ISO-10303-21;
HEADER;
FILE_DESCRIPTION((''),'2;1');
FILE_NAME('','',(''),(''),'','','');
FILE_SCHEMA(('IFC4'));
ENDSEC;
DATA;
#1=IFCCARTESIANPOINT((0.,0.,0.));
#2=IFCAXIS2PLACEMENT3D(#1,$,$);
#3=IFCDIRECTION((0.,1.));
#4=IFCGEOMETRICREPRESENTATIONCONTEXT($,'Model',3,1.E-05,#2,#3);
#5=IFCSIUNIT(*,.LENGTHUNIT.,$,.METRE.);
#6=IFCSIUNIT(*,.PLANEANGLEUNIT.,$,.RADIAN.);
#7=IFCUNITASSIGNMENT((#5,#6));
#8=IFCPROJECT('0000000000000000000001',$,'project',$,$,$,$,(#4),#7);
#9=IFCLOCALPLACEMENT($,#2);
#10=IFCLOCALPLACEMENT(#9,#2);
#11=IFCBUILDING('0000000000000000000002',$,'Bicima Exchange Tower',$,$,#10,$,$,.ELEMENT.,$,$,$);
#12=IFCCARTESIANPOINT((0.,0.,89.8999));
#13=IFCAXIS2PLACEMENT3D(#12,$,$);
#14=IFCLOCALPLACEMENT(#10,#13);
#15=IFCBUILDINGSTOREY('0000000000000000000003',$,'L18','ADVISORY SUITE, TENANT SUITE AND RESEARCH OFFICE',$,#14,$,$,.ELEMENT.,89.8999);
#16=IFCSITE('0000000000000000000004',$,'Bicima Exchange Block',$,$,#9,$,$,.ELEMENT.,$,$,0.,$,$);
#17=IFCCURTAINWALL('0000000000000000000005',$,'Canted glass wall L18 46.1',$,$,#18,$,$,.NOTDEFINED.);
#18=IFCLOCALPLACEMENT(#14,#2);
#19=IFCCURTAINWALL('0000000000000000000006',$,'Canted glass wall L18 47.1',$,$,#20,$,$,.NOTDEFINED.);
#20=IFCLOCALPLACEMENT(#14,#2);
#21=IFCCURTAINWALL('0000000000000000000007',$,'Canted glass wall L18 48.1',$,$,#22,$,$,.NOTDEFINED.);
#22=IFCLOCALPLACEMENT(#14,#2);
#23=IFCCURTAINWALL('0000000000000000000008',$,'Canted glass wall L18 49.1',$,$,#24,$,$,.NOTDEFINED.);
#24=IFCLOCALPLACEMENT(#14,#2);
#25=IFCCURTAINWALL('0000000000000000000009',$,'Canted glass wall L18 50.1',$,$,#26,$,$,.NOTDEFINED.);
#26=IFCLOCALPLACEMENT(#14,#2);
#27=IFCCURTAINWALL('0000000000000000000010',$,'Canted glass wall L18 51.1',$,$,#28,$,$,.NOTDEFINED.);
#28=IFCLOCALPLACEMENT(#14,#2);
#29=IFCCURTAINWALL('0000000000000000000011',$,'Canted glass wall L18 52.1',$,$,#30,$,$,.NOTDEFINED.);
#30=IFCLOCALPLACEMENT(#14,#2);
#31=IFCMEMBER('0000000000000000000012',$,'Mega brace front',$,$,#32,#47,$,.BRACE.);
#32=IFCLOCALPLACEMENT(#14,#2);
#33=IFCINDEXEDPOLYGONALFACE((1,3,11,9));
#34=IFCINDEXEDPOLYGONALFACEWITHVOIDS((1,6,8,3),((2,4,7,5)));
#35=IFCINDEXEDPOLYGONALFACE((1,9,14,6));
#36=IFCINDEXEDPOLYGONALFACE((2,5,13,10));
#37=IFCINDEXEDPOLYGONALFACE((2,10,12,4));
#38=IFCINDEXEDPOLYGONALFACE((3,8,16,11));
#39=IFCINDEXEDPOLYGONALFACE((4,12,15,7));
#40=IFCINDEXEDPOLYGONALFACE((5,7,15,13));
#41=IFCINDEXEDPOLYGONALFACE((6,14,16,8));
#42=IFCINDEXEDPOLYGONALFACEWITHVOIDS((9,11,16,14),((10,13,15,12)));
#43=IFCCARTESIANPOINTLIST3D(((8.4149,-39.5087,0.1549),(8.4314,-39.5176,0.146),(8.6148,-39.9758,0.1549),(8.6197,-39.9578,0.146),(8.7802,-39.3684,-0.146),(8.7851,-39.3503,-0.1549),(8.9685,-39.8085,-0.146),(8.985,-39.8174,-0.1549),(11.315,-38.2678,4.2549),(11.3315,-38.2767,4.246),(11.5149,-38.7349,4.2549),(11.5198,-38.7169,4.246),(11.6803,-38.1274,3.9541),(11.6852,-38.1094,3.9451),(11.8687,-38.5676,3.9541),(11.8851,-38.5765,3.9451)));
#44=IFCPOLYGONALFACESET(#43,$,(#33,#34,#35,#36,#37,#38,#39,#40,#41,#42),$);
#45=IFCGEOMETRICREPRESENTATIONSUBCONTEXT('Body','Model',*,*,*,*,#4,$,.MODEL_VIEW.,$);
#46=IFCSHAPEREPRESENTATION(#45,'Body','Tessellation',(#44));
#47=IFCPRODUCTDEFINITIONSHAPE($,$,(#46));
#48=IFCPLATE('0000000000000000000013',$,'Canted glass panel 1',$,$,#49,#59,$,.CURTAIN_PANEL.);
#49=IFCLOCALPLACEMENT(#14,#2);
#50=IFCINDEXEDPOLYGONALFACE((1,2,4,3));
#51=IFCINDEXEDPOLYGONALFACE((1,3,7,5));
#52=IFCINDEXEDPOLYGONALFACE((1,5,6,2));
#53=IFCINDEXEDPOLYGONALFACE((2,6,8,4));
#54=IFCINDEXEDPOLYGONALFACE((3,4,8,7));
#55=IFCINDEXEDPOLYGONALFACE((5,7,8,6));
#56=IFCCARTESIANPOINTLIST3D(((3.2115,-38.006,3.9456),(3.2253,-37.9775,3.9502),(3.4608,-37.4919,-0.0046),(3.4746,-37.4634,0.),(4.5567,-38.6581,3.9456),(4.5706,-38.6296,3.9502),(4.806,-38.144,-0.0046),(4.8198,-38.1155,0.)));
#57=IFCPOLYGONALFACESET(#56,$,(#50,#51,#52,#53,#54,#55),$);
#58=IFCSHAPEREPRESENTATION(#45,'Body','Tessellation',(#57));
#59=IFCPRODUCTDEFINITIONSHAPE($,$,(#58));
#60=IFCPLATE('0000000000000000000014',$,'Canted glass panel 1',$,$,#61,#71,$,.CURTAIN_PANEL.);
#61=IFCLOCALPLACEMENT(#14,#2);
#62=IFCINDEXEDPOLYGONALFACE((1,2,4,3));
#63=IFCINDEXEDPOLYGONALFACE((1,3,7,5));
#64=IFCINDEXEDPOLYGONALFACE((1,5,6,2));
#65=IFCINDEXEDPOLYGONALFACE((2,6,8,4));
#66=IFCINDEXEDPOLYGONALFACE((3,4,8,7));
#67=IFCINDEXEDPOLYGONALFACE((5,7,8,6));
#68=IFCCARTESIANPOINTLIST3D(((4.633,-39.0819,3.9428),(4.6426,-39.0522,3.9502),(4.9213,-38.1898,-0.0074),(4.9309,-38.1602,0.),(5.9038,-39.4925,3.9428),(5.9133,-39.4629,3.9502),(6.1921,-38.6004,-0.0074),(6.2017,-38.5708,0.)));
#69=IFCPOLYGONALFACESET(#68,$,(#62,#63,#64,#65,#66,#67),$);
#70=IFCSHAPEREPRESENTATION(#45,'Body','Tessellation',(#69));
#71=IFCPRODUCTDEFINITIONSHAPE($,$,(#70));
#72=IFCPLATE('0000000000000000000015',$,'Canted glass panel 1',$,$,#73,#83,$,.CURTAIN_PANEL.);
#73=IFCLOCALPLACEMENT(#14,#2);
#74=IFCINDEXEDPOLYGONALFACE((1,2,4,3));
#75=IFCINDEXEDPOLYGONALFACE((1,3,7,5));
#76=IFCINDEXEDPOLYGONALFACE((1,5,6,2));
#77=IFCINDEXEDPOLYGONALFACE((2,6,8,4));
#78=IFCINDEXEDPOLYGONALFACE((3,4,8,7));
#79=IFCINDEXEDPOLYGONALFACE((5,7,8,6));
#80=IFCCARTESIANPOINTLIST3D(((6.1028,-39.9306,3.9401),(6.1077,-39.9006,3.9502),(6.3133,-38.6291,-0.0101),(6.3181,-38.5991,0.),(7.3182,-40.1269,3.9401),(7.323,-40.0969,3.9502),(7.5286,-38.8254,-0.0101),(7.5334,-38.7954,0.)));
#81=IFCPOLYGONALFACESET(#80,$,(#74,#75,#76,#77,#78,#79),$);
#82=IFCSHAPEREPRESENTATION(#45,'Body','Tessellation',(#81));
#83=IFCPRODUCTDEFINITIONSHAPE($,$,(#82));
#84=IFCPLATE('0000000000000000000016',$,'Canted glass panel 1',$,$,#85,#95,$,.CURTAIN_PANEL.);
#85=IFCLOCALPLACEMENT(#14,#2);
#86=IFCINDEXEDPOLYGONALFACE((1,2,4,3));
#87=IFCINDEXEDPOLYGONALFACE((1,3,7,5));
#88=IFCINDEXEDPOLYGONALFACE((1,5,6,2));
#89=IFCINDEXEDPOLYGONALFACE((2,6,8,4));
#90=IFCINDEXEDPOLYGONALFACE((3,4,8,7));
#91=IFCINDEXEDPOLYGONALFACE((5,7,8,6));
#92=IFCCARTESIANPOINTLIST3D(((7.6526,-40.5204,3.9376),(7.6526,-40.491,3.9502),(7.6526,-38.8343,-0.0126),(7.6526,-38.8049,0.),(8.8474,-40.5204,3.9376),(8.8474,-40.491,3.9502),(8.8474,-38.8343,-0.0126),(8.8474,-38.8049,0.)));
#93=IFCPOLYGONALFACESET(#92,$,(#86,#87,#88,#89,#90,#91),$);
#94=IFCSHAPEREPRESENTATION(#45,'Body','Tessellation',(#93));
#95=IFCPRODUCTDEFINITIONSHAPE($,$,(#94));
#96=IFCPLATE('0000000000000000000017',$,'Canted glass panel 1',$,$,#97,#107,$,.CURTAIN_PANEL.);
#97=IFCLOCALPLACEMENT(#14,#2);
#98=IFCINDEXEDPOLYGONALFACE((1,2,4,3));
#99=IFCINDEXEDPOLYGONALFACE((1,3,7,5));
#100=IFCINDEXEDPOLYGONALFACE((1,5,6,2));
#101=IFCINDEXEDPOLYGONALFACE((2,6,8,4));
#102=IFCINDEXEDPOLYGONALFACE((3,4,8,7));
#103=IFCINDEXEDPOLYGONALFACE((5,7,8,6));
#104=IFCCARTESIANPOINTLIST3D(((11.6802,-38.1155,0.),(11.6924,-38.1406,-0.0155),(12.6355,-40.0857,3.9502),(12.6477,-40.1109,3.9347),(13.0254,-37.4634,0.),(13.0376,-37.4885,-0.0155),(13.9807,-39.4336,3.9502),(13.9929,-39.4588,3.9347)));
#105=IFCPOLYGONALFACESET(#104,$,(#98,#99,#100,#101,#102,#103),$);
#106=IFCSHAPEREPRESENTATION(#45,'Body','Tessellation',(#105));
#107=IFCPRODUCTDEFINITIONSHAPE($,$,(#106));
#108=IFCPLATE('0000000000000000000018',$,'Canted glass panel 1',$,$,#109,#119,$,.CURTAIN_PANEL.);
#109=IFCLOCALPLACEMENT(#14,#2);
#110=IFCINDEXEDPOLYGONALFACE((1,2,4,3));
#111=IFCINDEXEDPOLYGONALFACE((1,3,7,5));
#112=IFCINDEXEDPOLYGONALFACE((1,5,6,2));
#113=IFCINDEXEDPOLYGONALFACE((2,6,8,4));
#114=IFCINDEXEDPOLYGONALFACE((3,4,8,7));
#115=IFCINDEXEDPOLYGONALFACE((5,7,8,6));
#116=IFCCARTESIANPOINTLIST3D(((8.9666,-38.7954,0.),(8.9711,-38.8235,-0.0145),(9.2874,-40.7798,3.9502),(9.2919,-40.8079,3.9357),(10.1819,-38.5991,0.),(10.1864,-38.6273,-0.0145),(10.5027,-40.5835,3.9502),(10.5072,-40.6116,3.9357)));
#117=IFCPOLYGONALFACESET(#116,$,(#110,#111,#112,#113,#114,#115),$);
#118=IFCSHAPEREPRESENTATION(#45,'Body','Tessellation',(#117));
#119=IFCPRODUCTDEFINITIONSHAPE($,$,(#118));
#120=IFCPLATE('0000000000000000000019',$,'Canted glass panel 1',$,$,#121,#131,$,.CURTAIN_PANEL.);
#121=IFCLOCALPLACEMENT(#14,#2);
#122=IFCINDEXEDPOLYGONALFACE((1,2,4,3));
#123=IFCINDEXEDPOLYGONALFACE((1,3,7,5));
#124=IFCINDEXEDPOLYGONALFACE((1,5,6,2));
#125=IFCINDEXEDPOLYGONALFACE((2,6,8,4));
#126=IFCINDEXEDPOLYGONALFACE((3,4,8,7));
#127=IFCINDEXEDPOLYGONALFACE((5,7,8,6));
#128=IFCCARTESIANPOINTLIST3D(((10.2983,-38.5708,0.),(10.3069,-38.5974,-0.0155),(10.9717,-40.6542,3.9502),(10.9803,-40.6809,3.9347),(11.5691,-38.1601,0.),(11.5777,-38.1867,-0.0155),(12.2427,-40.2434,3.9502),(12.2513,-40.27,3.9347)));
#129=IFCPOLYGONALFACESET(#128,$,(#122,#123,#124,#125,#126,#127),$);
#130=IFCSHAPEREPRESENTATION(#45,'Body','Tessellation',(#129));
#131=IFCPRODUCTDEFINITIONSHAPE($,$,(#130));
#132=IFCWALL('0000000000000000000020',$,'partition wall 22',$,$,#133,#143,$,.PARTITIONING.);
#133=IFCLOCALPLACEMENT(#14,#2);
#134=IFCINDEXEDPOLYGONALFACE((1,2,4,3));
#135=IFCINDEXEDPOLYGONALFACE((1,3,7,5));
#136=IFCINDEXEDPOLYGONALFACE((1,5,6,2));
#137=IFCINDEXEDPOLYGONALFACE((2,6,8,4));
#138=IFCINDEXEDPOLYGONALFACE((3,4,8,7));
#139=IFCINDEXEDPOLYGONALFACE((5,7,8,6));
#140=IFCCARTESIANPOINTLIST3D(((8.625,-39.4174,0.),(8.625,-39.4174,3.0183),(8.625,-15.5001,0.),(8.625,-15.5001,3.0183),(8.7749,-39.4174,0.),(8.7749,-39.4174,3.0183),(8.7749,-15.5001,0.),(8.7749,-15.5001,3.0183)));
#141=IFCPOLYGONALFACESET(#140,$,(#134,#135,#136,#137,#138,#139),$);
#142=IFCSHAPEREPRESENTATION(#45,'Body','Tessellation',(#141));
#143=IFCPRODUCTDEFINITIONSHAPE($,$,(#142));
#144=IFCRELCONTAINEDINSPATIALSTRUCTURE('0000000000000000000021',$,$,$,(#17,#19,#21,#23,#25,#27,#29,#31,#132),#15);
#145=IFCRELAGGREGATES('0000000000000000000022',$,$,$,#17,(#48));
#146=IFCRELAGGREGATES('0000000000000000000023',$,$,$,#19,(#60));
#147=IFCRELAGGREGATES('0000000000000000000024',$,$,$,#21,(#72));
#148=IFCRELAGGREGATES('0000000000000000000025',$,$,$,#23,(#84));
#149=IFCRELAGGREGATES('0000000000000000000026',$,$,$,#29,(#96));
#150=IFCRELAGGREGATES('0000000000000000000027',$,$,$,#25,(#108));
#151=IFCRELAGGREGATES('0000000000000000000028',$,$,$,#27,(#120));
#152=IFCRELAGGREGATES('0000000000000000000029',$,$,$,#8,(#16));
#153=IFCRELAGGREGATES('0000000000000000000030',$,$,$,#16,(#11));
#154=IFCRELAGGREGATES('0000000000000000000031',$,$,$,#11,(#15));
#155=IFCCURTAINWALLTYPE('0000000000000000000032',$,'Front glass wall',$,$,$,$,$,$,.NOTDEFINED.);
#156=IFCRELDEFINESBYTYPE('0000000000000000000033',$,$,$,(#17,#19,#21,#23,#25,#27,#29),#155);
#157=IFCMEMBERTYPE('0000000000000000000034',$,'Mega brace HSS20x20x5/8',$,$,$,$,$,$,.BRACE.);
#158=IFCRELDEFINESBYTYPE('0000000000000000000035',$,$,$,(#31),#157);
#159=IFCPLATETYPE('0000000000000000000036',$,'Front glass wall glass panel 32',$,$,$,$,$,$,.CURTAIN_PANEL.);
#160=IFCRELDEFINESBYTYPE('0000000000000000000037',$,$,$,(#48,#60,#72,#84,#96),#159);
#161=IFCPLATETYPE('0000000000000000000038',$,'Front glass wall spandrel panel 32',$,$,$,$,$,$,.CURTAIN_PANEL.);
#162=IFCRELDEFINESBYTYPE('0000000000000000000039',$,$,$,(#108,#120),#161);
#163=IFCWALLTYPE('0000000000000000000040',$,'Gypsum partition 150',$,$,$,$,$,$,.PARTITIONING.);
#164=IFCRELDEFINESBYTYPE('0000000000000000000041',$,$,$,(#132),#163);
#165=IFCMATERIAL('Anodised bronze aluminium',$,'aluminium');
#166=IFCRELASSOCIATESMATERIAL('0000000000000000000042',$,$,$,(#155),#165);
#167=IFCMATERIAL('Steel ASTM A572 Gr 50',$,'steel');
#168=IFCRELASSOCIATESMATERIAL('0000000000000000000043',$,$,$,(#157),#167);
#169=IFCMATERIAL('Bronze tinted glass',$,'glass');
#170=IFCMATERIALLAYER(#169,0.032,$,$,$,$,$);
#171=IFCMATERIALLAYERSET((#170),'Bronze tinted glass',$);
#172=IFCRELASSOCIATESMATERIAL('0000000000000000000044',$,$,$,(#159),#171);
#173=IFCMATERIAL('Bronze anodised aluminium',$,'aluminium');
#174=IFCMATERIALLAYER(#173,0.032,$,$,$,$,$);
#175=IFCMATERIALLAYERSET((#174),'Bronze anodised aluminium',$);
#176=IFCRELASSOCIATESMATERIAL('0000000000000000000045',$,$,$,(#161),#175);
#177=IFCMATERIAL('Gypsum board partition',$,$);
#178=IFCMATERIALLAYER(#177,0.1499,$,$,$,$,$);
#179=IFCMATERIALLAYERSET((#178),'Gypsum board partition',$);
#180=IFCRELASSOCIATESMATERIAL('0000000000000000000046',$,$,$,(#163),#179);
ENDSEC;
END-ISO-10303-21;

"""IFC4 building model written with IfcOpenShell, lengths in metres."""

from ifc_helpers import new_model, si_unit, direction, frame, frame_2d, origin, origin_2d, place, context, subcontext, project, spatial, polyline, rectangle, hollow_rectangle, outline, extrude, material, layer, layer_set, material_profile, profile_set, type_object, element, aggregate, save


model = new_model("IFC4")

# Units and contexts
model_context = context("Model", 3, precision=1e-05, world=origin(), true_north=direction((0.0, 1.0)))
body_context = subcontext(model_context, "Body", "Model", "MODEL_VIEW")
ifc_project = project(units=[si_unit("LENGTHUNIT", "METRE"), si_unit("PLANEANGLEUNIT", "RADIAN")], contexts=[model_context])

# Site, building, storey
site_placement = place(None, origin())
site = spatial("IfcSite", under=ifc_project, at=site_placement, Name="Bicima Exchange Block", CompositionType="ELEMENT", RefElevation=0.0)
building_placement = place(site_placement, origin())
building = spatial("IfcBuilding", under=site, at=building_placement, Name="Bicima Exchange Tower", CompositionType="ELEMENT")
storey_placement = place(building_placement, frame((0.0, 0.0, 89.8999)))
storey = spatial("IfcBuildingStorey", under=building, at=storey_placement, Name="L18", Description="ADVISORY SUITE, TENANT SUITE AND RESEARCH OFFICE", CompositionType="ELEMENT", Elevation=89.8999)

# Curtain walls
ifc_material_1 = material(Name="Anodised bronze aluminium", Category="aluminium")
curtain_wall_type = type_object("IfcCurtainWallType", Name="Front glass wall", PredefinedType="NOTDEFINED", material=ifc_material_1)
curtain_wall_1_placement = place(storey_placement, origin())
curtain_wall_1 = element("IfcCurtainWall", 1, at=curtain_wall_1_placement, inside=storey, type_object=curtain_wall_type, Name="Canted glass wall L18 46.1", PredefinedType="NOTDEFINED")
curtain_wall_2_placement = place(storey_placement, origin())
curtain_wall_2 = element("IfcCurtainWall", 2, at=curtain_wall_2_placement, inside=storey, type_object=curtain_wall_type, Name="Canted glass wall L18 47.1", PredefinedType="NOTDEFINED")
curtain_wall_3_placement = place(storey_placement, origin())
curtain_wall_3 = element("IfcCurtainWall", 3, at=curtain_wall_3_placement, inside=storey, type_object=curtain_wall_type, Name="Canted glass wall L18 48.1", PredefinedType="NOTDEFINED")
curtain_wall_4_placement = place(storey_placement, origin())
curtain_wall_4 = element("IfcCurtainWall", 4, at=curtain_wall_4_placement, inside=storey, type_object=curtain_wall_type, Name="Canted glass wall L18 49.1", PredefinedType="NOTDEFINED")
curtain_wall_5_placement = place(storey_placement, origin())
curtain_wall_5 = element("IfcCurtainWall", 5, at=curtain_wall_5_placement, inside=storey, type_object=curtain_wall_type, Name="Canted glass wall L18 50.1", PredefinedType="NOTDEFINED")
curtain_wall_6_placement = place(storey_placement, origin())
curtain_wall_6 = element("IfcCurtainWall", 6, at=curtain_wall_6_placement, inside=storey, type_object=curtain_wall_type, Name="Canted glass wall L18 51.1", PredefinedType="NOTDEFINED")

# Curtain wall
curtain_wall_7_placement = place(storey_placement, origin())
curtain_wall_7 = element("IfcCurtainWall", 7, at=curtain_wall_7_placement, inside=storey, type_object=curtain_wall_type, Name="Canted glass wall L18 52.1", PredefinedType="NOTDEFINED")

# Member
ifc_material_2 = material(Name="Steel ASTM A572 Gr 50", Category="steel")
ifc_material_profile_1 = material_profile(ifc_material_2, hollow_rectangle(XDim=0.5081, YDim=0.5081, WallThickness=0.0146, at=origin_2d()))
ifc_profile_set_1 = profile_set([ifc_material_profile_1], Name="Steel ASTM A572 Gr 50")
member_type_1 = type_object("IfcMemberType", Name="Mega brace HSS20x20x5/8", PredefinedType="BRACE", material=ifc_profile_set_1)
member_1_placement = place(storey_placement, frame((8.7, -39.6631, 0.0), z_axis=(0.560613, 0.239885, 0.79257), x_axis=(-0.393396, 0.919369, 0.0)))
element("IfcMember", 8, at=member_1_placement, inside=storey, type_object=member_type_1, Name="Mega brace front", PredefinedType="BRACE", context=body_context, shape_type="SweptSolid", body=[
    extrude(hollow_rectangle(XDim=0.5081, YDim=0.5081, WallThickness=0.0146, at=origin_2d()), origin(), (0.0, 0.0, 1.0), 5.1731),
])

# Plates
ifc_material_3 = material(Name="Bronze tinted glass", Category="glass")
ifc_layer_1 = layer(ifc_material_3, 0.032)
ifc_layer_set_1 = layer_set([ifc_layer_1], Name="Bronze tinted glass")
plate_type_1 = type_object("IfcPlateType", Name="Front glass wall glass panel 32", PredefinedType="CURTAIN_PANEL", material=ifc_layer_set_1)
plate_1_placement = place(storey_placement, frame((3.4746, -37.4634, 0.0), z_axis=(0.431712, 0.890578, 0.14316), x_axis=(0.899847, -0.436205, 0.0)))
plate_1 = element("IfcPlate", 9, at=plate_1_placement, type_object=plate_type_1, Name="Canted glass panel 1", PredefinedType="CURTAIN_PANEL", context=body_context, shape_type="SweptSolid", body=[
    extrude(outline(polyline([(0.0, 0.0), (1.4949, 0.0), (1.4949, -3.9913), (0.0, -3.9913), (0.0, 0.0)])), origin(), (0.0, 0.0, -1.0), 0.032),
])
aggregate(curtain_wall_1, [plate_1])
plate_2_placement = place(storey_placement, frame((4.9309, -38.1602, 0.0), z_axis=(0.299183, 0.925832, 0.230922), x_axis=(0.95155, -0.307494, 0.0)))
plate_2 = element("IfcPlate", 10, at=plate_2_placement, type_object=plate_type_1, Name="Canted glass panel 1", PredefinedType="CURTAIN_PANEL", context=body_context, shape_type="SweptSolid", body=[
    extrude(outline(polyline([(0.0, 0.0), (1.3355, 0.0), (1.3354, -4.0599), (0.0, -4.0599), (0.0, 0.0)])), origin(), (0.0, 0.0, -1.0), 0.032),
])
aggregate(curtain_wall_2, [plate_2])
plate_3_placement = place(storey_placement, frame((6.3181, -38.5991, 0.0), z_axis=(0.151243, 0.936427, 0.316592), x_axis=(0.987207, -0.159444, 0.0)))
plate_3 = element("IfcPlate", 11, at=plate_3_placement, type_object=plate_type_1, Name="Canted glass panel 1", PredefinedType="CURTAIN_PANEL", context=body_context, shape_type="SweptSolid", body=[
    extrude(outline(polyline([(0.0, 0.0), (1.2311, 0.0), (1.2308, -4.1644), (-0.0002, -4.1644), (0.0, 0.0)])), origin(), (0.0, 0.0, -1.0), 0.032),
])
aggregate(curtain_wall_3, [plate_3])
plate_4_placement = place(storey_placement, frame((7.6526, -38.8049, 0.0), z_axis=(0.0, 0.919726, 0.392561), x_axis=(1.0, 0.0, 0.0)))
plate_4 = element("IfcPlate", 12, at=plate_4_placement, type_object=plate_type_1, Name="Canted glass panel 1", PredefinedType="CURTAIN_PANEL", context=body_context, shape_type="SweptSolid", body=[
    extrude(outline(polyline([(0.0, 0.0), (1.1948, 0.0), (1.1948, -4.295), (0.0, -4.295), (0.0, 0.0)])), origin(), (0.0, 0.0, -1.0), 0.032),
])
aggregate(curtain_wall_4, [plate_4])
plate_5_placement = place(storey_placement, frame((11.6802, -38.1155, 0.0), z_axis=(-0.381515, 0.787026, 0.484806), x_axis=(0.899847, 0.436205, 0.0)))
plate_5 = element("IfcPlate", 13, at=plate_5_placement, type_object=plate_type_1, Name="Canted glass panel 1", PredefinedType="CURTAIN_PANEL", context=body_context, shape_type="SweptSolid", body=[
    extrude(outline(polyline([(0.0, 0.0), (1.4949, 0.0), (1.4952, -4.5165), (0.0002, -4.5165), (0.0, 0.0)])), origin(), (0.0, 0.0, -1.0), 0.032),
])
aggregate(curtain_wall_7, [plate_5])
ifc_material_4 = material(Name="Bronze anodised aluminium", Category="aluminium")
ifc_layer_2 = layer(ifc_material_4, 0.032)
ifc_layer_set_2 = layer_set([ifc_layer_2], Name="Bronze anodised aluminium")
plate_type_2 = type_object("IfcPlateType", Name="Front glass wall spandrel panel 32", PredefinedType="CURTAIN_PANEL", material=ifc_layer_set_2)
plate_6_placement = place(storey_placement, frame((8.9666, -38.7954, 0.0), z_axis=(-0.142104, 0.879841, 0.453527), x_axis=(0.987207, 0.159444, 0.0)))
plate_6 = element("IfcPlate", 14, at=plate_6_placement, type_object=plate_type_2, Name="Canted glass panel 1", PredefinedType="CURTAIN_PANEL", context=body_context, shape_type="SweptSolid", body=[
    extrude(outline(polyline([(0.0, 0.0), (1.2311, 0.0), (1.2314, -4.4322), (0.0003, -4.4322), (0.0, 0.0)])), origin(), (0.0, 0.0, -1.0), 0.032),
])
aggregate(curtain_wall_5, [plate_6])
plate_7_placement = place(storey_placement, frame((10.2983, -38.5708, 0.0), z_axis=(-0.268993, 0.832238, 0.484791), x_axis=(0.951536, 0.307537, 0.000025)))
plate_7 = element("IfcPlate", 15, at=plate_7_placement, type_object=plate_type_2, Name="Canted glass panel 1", PredefinedType="CURTAIN_PANEL", context=body_context, shape_type="SweptSolid", body=[
    extrude(outline(polyline([(0.0, 0.0), (1.3355, 0.0), (1.3358, -4.5164), (0.0001, -4.5165), (0.0, 0.0)])), origin(), (0.0, 0.0, -1.0), 0.032),
])
aggregate(curtain_wall_6, [plate_7])

# Wall
ifc_material_5 = material(Name="Gypsum board partition")
ifc_layer_3 = layer(ifc_material_5, 0.1499)
ifc_layer_set_3 = layer_set([ifc_layer_3], Name="Gypsum board partition")
wall_type = type_object("IfcWallType", Name="Gypsum partition 150", PredefinedType="PARTITIONING", material=ifc_layer_set_3)
wall_placement = place(storey_placement, frame((8.7, -39.4172, 0.0), z_axis=(0.0, 0.0, 1.0), x_axis=(0.0, 1.0, 0.0)))
element("IfcWall", 16, at=wall_placement, inside=storey, type_object=wall_type, Name="partition wall 22", PredefinedType="PARTITIONING", context=body_context, shape_type="SweptSolid", body=[
    extrude(rectangle(XDim=23.9172, YDim=0.1499, at=frame_2d((11.9585, 0.0))), origin(), (0.0, 0.0, 1.0), 3.0183),
])

save(model, "model.ifc")
